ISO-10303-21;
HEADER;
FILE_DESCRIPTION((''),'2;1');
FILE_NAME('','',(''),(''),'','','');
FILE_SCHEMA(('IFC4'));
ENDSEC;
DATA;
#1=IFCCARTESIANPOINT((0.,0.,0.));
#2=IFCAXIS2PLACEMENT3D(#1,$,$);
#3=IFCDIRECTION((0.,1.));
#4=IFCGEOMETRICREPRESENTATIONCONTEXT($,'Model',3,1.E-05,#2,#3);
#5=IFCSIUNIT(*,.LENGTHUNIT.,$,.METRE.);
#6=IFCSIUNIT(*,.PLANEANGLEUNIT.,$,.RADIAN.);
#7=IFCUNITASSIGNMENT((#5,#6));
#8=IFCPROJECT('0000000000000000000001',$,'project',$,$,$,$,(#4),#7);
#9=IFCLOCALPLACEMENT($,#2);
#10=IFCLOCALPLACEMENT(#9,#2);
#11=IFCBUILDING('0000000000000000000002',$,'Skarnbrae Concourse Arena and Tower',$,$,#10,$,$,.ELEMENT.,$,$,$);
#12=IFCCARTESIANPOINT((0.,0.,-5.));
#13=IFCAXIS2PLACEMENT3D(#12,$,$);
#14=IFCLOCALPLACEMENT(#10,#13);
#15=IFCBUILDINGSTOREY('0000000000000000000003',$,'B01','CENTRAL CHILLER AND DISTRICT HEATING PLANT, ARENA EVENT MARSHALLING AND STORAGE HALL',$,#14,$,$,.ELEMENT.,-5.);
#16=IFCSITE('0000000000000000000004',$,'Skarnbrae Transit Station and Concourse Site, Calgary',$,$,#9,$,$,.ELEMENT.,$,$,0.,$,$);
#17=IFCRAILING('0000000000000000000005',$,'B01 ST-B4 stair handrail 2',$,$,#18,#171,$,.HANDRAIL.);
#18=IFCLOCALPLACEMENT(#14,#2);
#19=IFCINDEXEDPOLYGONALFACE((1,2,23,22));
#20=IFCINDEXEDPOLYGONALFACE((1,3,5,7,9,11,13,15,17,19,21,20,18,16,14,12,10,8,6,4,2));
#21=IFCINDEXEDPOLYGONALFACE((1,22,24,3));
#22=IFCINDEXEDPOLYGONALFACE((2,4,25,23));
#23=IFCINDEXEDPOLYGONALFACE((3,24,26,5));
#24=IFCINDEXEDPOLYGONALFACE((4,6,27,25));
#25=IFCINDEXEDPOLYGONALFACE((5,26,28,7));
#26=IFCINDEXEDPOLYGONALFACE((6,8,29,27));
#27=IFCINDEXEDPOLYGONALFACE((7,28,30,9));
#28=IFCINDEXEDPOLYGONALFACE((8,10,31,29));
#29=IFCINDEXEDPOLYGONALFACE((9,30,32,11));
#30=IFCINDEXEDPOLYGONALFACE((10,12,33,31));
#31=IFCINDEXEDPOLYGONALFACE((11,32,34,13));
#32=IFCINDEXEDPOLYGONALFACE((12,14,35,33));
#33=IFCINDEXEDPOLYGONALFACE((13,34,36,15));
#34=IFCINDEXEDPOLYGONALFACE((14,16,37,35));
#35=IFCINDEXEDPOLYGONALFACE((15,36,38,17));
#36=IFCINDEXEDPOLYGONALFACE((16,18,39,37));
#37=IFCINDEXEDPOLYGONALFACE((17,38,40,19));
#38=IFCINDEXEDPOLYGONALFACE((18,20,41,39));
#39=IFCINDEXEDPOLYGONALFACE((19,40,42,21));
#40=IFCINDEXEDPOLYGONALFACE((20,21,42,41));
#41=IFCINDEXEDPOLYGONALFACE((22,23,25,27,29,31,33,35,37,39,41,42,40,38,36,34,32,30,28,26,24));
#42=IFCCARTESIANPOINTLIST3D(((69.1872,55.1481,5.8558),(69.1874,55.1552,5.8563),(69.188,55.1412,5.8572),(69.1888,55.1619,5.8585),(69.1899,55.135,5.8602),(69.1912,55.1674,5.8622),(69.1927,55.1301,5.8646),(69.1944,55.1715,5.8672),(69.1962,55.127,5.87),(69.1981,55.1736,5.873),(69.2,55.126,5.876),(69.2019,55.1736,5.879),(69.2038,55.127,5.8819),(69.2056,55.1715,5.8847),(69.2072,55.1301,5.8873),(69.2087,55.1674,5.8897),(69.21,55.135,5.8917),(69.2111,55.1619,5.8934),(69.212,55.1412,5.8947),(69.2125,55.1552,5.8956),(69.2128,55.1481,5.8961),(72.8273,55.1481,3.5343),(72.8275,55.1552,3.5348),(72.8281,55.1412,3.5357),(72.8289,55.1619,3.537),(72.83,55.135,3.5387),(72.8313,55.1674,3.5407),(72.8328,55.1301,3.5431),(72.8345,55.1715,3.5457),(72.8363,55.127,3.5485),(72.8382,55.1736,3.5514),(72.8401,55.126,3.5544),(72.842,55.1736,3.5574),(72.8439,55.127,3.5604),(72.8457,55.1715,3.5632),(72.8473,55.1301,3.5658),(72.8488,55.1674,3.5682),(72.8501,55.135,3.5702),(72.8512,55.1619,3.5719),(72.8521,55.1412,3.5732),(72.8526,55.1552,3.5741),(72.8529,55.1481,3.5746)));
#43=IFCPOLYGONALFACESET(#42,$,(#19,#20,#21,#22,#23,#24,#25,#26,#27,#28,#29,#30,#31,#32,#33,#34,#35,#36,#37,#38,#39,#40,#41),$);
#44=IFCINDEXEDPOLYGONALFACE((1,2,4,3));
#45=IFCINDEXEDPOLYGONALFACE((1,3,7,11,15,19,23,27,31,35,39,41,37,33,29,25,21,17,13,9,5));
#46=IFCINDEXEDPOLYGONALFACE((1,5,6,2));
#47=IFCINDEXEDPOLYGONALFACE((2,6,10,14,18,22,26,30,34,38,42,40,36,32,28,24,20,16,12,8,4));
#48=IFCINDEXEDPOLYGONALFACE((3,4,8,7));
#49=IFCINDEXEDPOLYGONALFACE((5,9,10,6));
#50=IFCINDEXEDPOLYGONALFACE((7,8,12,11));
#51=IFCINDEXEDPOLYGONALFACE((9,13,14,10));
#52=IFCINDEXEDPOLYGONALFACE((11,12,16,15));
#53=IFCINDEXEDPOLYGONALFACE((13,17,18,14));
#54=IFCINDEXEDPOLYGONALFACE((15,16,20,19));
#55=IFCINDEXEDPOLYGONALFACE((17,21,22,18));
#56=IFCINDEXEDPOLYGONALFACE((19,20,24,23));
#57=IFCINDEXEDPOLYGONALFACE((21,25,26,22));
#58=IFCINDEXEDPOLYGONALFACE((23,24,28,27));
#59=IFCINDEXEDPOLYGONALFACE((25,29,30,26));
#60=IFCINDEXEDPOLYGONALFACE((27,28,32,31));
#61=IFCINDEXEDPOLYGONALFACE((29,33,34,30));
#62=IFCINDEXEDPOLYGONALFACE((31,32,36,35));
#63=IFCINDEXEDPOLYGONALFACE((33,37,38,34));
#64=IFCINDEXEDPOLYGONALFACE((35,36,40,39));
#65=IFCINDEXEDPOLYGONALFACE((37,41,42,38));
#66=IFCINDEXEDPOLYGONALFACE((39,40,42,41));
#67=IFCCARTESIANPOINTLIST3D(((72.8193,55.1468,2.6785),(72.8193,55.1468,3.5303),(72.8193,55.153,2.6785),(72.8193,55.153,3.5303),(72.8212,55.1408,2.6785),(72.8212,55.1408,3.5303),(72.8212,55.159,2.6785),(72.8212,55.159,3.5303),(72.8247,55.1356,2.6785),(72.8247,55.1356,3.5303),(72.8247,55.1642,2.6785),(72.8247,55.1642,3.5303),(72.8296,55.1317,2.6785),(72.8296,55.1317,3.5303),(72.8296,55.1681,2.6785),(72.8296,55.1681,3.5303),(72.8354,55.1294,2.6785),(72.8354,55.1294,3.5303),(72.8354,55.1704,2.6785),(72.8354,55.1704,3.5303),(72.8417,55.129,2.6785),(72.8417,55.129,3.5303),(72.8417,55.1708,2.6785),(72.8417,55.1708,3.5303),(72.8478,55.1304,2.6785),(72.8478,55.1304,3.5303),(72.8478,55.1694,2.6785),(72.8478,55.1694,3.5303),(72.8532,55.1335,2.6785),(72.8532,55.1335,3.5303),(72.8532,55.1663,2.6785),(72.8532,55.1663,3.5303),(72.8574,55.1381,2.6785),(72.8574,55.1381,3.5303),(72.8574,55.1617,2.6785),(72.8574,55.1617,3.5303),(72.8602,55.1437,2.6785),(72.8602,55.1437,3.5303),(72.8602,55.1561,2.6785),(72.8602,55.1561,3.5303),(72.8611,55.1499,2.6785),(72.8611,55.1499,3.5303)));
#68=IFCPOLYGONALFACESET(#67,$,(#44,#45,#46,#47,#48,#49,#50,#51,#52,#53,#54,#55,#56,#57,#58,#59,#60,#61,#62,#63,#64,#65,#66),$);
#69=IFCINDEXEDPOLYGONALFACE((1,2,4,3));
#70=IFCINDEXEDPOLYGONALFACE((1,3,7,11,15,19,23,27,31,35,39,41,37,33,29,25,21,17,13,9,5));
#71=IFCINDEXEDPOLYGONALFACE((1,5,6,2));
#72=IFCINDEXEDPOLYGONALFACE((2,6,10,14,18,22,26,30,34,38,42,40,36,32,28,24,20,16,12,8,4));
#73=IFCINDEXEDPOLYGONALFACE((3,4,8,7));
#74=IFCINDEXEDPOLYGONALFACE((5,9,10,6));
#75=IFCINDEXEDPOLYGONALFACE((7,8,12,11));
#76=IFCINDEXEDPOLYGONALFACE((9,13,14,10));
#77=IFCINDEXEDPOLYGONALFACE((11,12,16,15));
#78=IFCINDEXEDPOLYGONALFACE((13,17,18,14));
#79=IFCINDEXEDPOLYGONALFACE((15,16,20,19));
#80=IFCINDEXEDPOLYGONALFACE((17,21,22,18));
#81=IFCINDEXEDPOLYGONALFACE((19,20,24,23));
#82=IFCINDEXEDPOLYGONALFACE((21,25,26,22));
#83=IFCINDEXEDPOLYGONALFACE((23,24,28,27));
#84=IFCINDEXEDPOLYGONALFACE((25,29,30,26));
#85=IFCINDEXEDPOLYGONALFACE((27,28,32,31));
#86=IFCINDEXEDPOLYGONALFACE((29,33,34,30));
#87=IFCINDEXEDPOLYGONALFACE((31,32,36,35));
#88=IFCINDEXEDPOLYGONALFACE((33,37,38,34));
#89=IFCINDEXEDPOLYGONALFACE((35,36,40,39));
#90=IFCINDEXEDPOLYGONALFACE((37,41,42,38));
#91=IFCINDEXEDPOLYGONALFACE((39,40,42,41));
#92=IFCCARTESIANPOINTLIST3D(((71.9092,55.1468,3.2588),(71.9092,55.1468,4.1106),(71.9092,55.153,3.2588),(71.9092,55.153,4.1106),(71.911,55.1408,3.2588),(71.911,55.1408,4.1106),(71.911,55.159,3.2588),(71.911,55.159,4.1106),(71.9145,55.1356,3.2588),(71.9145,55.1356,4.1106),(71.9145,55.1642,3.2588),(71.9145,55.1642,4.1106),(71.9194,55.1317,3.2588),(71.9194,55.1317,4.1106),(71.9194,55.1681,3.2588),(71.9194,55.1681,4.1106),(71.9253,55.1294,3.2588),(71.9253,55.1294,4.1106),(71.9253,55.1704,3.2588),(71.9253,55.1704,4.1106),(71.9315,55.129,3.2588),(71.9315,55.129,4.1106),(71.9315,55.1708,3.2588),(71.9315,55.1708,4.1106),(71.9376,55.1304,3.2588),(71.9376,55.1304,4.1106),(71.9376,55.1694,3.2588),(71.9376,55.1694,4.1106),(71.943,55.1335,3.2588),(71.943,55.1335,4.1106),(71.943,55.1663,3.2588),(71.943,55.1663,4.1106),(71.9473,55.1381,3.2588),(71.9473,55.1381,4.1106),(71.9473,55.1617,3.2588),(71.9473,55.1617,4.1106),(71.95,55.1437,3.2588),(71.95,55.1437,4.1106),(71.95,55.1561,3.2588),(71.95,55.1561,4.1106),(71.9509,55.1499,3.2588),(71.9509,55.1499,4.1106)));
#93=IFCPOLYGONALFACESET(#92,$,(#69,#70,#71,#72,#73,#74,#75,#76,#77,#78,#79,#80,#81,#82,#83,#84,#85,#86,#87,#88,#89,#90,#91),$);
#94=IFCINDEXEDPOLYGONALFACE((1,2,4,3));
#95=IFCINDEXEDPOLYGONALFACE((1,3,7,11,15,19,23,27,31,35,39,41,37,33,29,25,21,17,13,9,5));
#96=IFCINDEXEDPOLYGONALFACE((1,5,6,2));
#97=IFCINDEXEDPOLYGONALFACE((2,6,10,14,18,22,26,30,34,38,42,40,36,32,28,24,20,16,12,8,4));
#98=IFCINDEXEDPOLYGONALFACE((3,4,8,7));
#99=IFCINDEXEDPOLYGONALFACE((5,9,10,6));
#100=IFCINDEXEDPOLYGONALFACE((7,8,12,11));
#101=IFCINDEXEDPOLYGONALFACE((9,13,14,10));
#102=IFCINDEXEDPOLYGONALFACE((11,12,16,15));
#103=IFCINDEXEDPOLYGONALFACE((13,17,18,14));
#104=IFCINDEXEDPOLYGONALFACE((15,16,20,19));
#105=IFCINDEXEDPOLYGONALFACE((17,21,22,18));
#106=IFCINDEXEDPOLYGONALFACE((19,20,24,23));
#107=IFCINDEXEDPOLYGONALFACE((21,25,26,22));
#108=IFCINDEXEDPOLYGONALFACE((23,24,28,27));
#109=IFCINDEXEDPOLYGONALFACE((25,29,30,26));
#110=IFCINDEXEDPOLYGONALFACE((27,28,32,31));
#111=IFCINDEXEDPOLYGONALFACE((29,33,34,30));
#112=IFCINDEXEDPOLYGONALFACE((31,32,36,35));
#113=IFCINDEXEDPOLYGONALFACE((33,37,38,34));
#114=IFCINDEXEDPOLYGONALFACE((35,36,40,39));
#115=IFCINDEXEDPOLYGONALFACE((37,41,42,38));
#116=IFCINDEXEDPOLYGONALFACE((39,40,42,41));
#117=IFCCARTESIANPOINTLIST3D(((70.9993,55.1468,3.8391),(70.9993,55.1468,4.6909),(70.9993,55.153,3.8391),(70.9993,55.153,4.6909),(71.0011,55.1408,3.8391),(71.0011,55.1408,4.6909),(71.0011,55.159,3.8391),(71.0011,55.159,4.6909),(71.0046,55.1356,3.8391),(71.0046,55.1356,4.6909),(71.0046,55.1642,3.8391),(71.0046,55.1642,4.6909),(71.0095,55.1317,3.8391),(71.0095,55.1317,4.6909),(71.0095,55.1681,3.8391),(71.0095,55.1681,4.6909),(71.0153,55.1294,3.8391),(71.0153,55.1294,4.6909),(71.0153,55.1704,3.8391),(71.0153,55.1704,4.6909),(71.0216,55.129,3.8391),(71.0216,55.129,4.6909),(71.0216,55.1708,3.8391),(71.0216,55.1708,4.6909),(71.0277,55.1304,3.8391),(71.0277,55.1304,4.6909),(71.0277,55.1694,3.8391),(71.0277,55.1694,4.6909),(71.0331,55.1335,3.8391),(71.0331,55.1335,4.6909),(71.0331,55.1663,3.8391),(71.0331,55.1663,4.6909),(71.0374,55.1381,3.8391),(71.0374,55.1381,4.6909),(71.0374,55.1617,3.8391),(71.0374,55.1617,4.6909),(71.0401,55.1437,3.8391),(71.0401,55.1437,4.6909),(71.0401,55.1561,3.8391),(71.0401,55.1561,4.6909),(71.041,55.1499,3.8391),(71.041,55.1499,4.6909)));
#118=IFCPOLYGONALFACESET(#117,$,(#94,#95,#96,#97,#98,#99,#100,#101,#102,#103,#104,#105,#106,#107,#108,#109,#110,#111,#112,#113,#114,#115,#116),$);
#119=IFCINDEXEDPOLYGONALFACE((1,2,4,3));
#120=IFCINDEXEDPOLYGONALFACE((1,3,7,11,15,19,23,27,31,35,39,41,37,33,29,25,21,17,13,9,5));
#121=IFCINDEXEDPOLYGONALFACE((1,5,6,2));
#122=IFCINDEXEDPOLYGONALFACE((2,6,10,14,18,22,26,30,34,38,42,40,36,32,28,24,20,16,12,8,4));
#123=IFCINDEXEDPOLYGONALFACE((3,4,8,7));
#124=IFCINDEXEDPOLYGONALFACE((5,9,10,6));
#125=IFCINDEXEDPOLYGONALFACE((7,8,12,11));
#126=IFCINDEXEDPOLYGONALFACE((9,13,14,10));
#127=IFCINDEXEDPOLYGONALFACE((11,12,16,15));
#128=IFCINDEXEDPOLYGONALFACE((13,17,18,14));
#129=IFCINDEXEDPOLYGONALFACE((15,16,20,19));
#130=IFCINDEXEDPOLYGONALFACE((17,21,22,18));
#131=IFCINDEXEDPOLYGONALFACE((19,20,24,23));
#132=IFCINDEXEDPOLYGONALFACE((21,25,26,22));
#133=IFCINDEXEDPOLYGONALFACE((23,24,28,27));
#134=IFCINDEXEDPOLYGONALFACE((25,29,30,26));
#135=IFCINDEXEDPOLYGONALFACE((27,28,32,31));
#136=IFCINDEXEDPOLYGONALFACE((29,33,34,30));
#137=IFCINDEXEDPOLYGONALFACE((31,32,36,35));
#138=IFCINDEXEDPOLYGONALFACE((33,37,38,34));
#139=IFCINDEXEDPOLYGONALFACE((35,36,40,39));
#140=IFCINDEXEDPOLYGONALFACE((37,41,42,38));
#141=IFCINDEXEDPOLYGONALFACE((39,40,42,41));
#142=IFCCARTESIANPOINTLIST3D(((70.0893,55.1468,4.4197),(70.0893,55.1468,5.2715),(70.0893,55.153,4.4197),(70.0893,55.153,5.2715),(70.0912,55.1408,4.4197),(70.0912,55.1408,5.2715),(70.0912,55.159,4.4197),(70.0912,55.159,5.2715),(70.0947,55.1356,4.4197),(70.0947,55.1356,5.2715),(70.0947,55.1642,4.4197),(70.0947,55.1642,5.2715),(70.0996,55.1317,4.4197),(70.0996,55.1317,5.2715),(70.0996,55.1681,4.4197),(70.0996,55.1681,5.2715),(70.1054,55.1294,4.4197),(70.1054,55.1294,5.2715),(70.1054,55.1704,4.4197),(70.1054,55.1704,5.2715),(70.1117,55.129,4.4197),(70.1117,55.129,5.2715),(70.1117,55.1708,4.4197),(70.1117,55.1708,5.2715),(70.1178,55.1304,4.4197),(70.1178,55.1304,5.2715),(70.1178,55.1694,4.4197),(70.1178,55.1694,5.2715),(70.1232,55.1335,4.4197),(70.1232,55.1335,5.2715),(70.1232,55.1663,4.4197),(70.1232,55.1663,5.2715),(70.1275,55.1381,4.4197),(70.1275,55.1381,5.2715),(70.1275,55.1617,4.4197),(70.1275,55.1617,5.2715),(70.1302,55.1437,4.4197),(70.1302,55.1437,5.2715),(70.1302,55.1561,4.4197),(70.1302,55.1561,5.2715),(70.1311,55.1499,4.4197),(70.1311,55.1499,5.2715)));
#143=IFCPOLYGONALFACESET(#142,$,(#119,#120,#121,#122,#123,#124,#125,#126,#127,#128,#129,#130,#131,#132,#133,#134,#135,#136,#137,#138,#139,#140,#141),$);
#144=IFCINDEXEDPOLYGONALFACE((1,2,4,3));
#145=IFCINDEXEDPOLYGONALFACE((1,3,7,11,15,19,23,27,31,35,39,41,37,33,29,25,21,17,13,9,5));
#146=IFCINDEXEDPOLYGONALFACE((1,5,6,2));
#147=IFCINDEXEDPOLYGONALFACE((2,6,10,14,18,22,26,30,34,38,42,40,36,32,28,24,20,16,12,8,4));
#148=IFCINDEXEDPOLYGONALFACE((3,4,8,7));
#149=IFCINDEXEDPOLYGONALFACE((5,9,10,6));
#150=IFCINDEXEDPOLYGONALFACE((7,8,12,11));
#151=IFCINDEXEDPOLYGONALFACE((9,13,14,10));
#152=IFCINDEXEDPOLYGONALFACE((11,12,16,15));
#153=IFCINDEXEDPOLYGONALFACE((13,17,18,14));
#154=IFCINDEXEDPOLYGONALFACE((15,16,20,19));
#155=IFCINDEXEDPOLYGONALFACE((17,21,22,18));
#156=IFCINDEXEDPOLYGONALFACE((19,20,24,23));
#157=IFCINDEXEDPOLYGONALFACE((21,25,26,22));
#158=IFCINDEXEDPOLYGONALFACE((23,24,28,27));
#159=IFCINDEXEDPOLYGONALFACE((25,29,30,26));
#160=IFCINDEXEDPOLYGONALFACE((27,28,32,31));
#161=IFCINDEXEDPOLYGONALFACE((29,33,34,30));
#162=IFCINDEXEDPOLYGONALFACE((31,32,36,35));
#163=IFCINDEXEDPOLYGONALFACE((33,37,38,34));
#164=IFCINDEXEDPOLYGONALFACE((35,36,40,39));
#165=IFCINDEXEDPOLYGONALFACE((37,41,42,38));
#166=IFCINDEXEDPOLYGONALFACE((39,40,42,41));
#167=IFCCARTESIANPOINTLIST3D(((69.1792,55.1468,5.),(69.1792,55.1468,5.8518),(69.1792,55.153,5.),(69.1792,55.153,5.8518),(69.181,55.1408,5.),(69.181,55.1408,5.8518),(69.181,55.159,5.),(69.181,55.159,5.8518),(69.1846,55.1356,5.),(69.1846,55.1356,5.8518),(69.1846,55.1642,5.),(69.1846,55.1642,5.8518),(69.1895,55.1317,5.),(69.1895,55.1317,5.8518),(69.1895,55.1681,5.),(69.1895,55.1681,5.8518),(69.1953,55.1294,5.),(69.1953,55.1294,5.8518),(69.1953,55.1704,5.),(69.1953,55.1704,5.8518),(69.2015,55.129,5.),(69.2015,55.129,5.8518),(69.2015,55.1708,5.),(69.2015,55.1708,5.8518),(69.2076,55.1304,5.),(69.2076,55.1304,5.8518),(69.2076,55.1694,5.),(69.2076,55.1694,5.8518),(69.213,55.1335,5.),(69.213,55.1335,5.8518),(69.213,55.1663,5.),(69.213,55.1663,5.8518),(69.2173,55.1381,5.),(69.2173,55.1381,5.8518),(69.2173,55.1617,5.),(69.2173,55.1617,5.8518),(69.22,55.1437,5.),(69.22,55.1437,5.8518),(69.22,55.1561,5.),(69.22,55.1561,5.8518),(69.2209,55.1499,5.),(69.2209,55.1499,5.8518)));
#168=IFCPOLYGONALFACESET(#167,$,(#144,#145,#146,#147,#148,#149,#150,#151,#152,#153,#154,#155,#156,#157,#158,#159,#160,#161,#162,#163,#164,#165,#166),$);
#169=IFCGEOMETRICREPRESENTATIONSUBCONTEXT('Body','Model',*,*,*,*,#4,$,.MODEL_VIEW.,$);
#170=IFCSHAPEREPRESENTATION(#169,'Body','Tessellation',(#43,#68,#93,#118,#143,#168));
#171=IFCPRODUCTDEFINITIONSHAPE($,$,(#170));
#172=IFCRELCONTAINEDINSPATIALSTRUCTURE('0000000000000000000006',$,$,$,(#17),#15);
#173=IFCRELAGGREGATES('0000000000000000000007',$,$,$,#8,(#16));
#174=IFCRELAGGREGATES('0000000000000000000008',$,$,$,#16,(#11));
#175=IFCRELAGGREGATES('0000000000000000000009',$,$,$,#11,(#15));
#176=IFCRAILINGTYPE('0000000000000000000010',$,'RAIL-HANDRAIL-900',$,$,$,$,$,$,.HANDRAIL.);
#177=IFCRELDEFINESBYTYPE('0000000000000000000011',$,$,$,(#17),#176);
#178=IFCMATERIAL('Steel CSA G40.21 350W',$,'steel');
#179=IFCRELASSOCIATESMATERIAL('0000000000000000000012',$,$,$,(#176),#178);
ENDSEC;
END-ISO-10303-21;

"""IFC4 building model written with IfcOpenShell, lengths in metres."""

from ifc_helpers import new_model, si_unit, direction, frame, origin, origin_2d, place, context, subcontext, project, spatial, circle, extrude, material, type_object, element, save


model = new_model("IFC4")

# Units and contexts
model_context = context("Model", 3, precision=1e-05, world=origin(), true_north=direction((0.0, 1.0)))
body_context = subcontext(model_context, "Body", "Model", "MODEL_VIEW")
ifc_project = project(units=[si_unit("LENGTHUNIT", "METRE"), si_unit("PLANEANGLEUNIT", "RADIAN")], contexts=[model_context])

# Site, building, storey
site_placement = place(None, origin())
site = spatial("IfcSite", under=ifc_project, at=site_placement, Name="Skarnbrae Transit Station and Concourse Site, Calgary", CompositionType="ELEMENT", RefElevation=0.0)
building_placement = place(site_placement, origin())
building = spatial("IfcBuilding", under=site, at=building_placement, Name="Skarnbrae Concourse Arena and Tower", CompositionType="ELEMENT")
storey_placement = place(building_placement, frame((0.0, 0.0, -5.0)))
storey = spatial("IfcBuildingStorey", under=building, at=storey_placement, Name="B01", Description="CENTRAL CHILLER AND DISTRICT HEATING PLANT, ARENA EVENT MARSHALLING AND STORAGE HALL", CompositionType="ELEMENT", Elevation=-5.0)

# Shared definitions
ifc_material_1 = material(Name="Steel CSA G40.21 350W", Category="steel")

# Railing
railing_type_1 = type_object("IfcRailingType", Name="RAIL-HANDRAIL-900", PredefinedType="HANDRAIL", material=ifc_material_1)
railing_1_placement = place(storey_placement, frame((72.8401, 55.1499, 2.6785)))
element("IfcRailing", 1, at=railing_1_placement, inside=storey, type_object=railing_type_1, Name="B01 ST-B4 stair handrail 2", PredefinedType="HANDRAIL", context=body_context, shape_type="SweptSolid", body=[
    extrude(circle(Radius=0.0239, at=origin_2d()), frame((0.0, 0.0, 0.876), z_axis=(-0.843128, 0.0, 0.537713), x_axis=(0.0, -1.0, 0.0)), (0.0, 0.0, 1.0), 4.3174),
    extrude(circle(Radius=0.021, at=origin_2d()), origin(), (0.0, 0.0, 1.0), 0.8518),
    extrude(circle(Radius=0.021, at=origin_2d()), frame((-0.9102, 0.0, 0.5803)), (0.0, 0.0, 1.0), 0.8518),
    extrude(circle(Radius=0.021, at=origin_2d()), frame((-1.8201, 0.0, 1.1606)), (0.0, 0.0, 1.0), 0.8518),
    extrude(circle(Radius=0.021, at=origin_2d()), frame((-2.73, 0.0, 1.7412)), (0.0, 0.0, 1.0), 0.8518),
    extrude(circle(Radius=0.021, at=origin_2d()), frame((-3.6401, 0.0, 2.3215)), (0.0, 0.0, 1.0), 0.8518),
])

save(model, "model.ifc")
